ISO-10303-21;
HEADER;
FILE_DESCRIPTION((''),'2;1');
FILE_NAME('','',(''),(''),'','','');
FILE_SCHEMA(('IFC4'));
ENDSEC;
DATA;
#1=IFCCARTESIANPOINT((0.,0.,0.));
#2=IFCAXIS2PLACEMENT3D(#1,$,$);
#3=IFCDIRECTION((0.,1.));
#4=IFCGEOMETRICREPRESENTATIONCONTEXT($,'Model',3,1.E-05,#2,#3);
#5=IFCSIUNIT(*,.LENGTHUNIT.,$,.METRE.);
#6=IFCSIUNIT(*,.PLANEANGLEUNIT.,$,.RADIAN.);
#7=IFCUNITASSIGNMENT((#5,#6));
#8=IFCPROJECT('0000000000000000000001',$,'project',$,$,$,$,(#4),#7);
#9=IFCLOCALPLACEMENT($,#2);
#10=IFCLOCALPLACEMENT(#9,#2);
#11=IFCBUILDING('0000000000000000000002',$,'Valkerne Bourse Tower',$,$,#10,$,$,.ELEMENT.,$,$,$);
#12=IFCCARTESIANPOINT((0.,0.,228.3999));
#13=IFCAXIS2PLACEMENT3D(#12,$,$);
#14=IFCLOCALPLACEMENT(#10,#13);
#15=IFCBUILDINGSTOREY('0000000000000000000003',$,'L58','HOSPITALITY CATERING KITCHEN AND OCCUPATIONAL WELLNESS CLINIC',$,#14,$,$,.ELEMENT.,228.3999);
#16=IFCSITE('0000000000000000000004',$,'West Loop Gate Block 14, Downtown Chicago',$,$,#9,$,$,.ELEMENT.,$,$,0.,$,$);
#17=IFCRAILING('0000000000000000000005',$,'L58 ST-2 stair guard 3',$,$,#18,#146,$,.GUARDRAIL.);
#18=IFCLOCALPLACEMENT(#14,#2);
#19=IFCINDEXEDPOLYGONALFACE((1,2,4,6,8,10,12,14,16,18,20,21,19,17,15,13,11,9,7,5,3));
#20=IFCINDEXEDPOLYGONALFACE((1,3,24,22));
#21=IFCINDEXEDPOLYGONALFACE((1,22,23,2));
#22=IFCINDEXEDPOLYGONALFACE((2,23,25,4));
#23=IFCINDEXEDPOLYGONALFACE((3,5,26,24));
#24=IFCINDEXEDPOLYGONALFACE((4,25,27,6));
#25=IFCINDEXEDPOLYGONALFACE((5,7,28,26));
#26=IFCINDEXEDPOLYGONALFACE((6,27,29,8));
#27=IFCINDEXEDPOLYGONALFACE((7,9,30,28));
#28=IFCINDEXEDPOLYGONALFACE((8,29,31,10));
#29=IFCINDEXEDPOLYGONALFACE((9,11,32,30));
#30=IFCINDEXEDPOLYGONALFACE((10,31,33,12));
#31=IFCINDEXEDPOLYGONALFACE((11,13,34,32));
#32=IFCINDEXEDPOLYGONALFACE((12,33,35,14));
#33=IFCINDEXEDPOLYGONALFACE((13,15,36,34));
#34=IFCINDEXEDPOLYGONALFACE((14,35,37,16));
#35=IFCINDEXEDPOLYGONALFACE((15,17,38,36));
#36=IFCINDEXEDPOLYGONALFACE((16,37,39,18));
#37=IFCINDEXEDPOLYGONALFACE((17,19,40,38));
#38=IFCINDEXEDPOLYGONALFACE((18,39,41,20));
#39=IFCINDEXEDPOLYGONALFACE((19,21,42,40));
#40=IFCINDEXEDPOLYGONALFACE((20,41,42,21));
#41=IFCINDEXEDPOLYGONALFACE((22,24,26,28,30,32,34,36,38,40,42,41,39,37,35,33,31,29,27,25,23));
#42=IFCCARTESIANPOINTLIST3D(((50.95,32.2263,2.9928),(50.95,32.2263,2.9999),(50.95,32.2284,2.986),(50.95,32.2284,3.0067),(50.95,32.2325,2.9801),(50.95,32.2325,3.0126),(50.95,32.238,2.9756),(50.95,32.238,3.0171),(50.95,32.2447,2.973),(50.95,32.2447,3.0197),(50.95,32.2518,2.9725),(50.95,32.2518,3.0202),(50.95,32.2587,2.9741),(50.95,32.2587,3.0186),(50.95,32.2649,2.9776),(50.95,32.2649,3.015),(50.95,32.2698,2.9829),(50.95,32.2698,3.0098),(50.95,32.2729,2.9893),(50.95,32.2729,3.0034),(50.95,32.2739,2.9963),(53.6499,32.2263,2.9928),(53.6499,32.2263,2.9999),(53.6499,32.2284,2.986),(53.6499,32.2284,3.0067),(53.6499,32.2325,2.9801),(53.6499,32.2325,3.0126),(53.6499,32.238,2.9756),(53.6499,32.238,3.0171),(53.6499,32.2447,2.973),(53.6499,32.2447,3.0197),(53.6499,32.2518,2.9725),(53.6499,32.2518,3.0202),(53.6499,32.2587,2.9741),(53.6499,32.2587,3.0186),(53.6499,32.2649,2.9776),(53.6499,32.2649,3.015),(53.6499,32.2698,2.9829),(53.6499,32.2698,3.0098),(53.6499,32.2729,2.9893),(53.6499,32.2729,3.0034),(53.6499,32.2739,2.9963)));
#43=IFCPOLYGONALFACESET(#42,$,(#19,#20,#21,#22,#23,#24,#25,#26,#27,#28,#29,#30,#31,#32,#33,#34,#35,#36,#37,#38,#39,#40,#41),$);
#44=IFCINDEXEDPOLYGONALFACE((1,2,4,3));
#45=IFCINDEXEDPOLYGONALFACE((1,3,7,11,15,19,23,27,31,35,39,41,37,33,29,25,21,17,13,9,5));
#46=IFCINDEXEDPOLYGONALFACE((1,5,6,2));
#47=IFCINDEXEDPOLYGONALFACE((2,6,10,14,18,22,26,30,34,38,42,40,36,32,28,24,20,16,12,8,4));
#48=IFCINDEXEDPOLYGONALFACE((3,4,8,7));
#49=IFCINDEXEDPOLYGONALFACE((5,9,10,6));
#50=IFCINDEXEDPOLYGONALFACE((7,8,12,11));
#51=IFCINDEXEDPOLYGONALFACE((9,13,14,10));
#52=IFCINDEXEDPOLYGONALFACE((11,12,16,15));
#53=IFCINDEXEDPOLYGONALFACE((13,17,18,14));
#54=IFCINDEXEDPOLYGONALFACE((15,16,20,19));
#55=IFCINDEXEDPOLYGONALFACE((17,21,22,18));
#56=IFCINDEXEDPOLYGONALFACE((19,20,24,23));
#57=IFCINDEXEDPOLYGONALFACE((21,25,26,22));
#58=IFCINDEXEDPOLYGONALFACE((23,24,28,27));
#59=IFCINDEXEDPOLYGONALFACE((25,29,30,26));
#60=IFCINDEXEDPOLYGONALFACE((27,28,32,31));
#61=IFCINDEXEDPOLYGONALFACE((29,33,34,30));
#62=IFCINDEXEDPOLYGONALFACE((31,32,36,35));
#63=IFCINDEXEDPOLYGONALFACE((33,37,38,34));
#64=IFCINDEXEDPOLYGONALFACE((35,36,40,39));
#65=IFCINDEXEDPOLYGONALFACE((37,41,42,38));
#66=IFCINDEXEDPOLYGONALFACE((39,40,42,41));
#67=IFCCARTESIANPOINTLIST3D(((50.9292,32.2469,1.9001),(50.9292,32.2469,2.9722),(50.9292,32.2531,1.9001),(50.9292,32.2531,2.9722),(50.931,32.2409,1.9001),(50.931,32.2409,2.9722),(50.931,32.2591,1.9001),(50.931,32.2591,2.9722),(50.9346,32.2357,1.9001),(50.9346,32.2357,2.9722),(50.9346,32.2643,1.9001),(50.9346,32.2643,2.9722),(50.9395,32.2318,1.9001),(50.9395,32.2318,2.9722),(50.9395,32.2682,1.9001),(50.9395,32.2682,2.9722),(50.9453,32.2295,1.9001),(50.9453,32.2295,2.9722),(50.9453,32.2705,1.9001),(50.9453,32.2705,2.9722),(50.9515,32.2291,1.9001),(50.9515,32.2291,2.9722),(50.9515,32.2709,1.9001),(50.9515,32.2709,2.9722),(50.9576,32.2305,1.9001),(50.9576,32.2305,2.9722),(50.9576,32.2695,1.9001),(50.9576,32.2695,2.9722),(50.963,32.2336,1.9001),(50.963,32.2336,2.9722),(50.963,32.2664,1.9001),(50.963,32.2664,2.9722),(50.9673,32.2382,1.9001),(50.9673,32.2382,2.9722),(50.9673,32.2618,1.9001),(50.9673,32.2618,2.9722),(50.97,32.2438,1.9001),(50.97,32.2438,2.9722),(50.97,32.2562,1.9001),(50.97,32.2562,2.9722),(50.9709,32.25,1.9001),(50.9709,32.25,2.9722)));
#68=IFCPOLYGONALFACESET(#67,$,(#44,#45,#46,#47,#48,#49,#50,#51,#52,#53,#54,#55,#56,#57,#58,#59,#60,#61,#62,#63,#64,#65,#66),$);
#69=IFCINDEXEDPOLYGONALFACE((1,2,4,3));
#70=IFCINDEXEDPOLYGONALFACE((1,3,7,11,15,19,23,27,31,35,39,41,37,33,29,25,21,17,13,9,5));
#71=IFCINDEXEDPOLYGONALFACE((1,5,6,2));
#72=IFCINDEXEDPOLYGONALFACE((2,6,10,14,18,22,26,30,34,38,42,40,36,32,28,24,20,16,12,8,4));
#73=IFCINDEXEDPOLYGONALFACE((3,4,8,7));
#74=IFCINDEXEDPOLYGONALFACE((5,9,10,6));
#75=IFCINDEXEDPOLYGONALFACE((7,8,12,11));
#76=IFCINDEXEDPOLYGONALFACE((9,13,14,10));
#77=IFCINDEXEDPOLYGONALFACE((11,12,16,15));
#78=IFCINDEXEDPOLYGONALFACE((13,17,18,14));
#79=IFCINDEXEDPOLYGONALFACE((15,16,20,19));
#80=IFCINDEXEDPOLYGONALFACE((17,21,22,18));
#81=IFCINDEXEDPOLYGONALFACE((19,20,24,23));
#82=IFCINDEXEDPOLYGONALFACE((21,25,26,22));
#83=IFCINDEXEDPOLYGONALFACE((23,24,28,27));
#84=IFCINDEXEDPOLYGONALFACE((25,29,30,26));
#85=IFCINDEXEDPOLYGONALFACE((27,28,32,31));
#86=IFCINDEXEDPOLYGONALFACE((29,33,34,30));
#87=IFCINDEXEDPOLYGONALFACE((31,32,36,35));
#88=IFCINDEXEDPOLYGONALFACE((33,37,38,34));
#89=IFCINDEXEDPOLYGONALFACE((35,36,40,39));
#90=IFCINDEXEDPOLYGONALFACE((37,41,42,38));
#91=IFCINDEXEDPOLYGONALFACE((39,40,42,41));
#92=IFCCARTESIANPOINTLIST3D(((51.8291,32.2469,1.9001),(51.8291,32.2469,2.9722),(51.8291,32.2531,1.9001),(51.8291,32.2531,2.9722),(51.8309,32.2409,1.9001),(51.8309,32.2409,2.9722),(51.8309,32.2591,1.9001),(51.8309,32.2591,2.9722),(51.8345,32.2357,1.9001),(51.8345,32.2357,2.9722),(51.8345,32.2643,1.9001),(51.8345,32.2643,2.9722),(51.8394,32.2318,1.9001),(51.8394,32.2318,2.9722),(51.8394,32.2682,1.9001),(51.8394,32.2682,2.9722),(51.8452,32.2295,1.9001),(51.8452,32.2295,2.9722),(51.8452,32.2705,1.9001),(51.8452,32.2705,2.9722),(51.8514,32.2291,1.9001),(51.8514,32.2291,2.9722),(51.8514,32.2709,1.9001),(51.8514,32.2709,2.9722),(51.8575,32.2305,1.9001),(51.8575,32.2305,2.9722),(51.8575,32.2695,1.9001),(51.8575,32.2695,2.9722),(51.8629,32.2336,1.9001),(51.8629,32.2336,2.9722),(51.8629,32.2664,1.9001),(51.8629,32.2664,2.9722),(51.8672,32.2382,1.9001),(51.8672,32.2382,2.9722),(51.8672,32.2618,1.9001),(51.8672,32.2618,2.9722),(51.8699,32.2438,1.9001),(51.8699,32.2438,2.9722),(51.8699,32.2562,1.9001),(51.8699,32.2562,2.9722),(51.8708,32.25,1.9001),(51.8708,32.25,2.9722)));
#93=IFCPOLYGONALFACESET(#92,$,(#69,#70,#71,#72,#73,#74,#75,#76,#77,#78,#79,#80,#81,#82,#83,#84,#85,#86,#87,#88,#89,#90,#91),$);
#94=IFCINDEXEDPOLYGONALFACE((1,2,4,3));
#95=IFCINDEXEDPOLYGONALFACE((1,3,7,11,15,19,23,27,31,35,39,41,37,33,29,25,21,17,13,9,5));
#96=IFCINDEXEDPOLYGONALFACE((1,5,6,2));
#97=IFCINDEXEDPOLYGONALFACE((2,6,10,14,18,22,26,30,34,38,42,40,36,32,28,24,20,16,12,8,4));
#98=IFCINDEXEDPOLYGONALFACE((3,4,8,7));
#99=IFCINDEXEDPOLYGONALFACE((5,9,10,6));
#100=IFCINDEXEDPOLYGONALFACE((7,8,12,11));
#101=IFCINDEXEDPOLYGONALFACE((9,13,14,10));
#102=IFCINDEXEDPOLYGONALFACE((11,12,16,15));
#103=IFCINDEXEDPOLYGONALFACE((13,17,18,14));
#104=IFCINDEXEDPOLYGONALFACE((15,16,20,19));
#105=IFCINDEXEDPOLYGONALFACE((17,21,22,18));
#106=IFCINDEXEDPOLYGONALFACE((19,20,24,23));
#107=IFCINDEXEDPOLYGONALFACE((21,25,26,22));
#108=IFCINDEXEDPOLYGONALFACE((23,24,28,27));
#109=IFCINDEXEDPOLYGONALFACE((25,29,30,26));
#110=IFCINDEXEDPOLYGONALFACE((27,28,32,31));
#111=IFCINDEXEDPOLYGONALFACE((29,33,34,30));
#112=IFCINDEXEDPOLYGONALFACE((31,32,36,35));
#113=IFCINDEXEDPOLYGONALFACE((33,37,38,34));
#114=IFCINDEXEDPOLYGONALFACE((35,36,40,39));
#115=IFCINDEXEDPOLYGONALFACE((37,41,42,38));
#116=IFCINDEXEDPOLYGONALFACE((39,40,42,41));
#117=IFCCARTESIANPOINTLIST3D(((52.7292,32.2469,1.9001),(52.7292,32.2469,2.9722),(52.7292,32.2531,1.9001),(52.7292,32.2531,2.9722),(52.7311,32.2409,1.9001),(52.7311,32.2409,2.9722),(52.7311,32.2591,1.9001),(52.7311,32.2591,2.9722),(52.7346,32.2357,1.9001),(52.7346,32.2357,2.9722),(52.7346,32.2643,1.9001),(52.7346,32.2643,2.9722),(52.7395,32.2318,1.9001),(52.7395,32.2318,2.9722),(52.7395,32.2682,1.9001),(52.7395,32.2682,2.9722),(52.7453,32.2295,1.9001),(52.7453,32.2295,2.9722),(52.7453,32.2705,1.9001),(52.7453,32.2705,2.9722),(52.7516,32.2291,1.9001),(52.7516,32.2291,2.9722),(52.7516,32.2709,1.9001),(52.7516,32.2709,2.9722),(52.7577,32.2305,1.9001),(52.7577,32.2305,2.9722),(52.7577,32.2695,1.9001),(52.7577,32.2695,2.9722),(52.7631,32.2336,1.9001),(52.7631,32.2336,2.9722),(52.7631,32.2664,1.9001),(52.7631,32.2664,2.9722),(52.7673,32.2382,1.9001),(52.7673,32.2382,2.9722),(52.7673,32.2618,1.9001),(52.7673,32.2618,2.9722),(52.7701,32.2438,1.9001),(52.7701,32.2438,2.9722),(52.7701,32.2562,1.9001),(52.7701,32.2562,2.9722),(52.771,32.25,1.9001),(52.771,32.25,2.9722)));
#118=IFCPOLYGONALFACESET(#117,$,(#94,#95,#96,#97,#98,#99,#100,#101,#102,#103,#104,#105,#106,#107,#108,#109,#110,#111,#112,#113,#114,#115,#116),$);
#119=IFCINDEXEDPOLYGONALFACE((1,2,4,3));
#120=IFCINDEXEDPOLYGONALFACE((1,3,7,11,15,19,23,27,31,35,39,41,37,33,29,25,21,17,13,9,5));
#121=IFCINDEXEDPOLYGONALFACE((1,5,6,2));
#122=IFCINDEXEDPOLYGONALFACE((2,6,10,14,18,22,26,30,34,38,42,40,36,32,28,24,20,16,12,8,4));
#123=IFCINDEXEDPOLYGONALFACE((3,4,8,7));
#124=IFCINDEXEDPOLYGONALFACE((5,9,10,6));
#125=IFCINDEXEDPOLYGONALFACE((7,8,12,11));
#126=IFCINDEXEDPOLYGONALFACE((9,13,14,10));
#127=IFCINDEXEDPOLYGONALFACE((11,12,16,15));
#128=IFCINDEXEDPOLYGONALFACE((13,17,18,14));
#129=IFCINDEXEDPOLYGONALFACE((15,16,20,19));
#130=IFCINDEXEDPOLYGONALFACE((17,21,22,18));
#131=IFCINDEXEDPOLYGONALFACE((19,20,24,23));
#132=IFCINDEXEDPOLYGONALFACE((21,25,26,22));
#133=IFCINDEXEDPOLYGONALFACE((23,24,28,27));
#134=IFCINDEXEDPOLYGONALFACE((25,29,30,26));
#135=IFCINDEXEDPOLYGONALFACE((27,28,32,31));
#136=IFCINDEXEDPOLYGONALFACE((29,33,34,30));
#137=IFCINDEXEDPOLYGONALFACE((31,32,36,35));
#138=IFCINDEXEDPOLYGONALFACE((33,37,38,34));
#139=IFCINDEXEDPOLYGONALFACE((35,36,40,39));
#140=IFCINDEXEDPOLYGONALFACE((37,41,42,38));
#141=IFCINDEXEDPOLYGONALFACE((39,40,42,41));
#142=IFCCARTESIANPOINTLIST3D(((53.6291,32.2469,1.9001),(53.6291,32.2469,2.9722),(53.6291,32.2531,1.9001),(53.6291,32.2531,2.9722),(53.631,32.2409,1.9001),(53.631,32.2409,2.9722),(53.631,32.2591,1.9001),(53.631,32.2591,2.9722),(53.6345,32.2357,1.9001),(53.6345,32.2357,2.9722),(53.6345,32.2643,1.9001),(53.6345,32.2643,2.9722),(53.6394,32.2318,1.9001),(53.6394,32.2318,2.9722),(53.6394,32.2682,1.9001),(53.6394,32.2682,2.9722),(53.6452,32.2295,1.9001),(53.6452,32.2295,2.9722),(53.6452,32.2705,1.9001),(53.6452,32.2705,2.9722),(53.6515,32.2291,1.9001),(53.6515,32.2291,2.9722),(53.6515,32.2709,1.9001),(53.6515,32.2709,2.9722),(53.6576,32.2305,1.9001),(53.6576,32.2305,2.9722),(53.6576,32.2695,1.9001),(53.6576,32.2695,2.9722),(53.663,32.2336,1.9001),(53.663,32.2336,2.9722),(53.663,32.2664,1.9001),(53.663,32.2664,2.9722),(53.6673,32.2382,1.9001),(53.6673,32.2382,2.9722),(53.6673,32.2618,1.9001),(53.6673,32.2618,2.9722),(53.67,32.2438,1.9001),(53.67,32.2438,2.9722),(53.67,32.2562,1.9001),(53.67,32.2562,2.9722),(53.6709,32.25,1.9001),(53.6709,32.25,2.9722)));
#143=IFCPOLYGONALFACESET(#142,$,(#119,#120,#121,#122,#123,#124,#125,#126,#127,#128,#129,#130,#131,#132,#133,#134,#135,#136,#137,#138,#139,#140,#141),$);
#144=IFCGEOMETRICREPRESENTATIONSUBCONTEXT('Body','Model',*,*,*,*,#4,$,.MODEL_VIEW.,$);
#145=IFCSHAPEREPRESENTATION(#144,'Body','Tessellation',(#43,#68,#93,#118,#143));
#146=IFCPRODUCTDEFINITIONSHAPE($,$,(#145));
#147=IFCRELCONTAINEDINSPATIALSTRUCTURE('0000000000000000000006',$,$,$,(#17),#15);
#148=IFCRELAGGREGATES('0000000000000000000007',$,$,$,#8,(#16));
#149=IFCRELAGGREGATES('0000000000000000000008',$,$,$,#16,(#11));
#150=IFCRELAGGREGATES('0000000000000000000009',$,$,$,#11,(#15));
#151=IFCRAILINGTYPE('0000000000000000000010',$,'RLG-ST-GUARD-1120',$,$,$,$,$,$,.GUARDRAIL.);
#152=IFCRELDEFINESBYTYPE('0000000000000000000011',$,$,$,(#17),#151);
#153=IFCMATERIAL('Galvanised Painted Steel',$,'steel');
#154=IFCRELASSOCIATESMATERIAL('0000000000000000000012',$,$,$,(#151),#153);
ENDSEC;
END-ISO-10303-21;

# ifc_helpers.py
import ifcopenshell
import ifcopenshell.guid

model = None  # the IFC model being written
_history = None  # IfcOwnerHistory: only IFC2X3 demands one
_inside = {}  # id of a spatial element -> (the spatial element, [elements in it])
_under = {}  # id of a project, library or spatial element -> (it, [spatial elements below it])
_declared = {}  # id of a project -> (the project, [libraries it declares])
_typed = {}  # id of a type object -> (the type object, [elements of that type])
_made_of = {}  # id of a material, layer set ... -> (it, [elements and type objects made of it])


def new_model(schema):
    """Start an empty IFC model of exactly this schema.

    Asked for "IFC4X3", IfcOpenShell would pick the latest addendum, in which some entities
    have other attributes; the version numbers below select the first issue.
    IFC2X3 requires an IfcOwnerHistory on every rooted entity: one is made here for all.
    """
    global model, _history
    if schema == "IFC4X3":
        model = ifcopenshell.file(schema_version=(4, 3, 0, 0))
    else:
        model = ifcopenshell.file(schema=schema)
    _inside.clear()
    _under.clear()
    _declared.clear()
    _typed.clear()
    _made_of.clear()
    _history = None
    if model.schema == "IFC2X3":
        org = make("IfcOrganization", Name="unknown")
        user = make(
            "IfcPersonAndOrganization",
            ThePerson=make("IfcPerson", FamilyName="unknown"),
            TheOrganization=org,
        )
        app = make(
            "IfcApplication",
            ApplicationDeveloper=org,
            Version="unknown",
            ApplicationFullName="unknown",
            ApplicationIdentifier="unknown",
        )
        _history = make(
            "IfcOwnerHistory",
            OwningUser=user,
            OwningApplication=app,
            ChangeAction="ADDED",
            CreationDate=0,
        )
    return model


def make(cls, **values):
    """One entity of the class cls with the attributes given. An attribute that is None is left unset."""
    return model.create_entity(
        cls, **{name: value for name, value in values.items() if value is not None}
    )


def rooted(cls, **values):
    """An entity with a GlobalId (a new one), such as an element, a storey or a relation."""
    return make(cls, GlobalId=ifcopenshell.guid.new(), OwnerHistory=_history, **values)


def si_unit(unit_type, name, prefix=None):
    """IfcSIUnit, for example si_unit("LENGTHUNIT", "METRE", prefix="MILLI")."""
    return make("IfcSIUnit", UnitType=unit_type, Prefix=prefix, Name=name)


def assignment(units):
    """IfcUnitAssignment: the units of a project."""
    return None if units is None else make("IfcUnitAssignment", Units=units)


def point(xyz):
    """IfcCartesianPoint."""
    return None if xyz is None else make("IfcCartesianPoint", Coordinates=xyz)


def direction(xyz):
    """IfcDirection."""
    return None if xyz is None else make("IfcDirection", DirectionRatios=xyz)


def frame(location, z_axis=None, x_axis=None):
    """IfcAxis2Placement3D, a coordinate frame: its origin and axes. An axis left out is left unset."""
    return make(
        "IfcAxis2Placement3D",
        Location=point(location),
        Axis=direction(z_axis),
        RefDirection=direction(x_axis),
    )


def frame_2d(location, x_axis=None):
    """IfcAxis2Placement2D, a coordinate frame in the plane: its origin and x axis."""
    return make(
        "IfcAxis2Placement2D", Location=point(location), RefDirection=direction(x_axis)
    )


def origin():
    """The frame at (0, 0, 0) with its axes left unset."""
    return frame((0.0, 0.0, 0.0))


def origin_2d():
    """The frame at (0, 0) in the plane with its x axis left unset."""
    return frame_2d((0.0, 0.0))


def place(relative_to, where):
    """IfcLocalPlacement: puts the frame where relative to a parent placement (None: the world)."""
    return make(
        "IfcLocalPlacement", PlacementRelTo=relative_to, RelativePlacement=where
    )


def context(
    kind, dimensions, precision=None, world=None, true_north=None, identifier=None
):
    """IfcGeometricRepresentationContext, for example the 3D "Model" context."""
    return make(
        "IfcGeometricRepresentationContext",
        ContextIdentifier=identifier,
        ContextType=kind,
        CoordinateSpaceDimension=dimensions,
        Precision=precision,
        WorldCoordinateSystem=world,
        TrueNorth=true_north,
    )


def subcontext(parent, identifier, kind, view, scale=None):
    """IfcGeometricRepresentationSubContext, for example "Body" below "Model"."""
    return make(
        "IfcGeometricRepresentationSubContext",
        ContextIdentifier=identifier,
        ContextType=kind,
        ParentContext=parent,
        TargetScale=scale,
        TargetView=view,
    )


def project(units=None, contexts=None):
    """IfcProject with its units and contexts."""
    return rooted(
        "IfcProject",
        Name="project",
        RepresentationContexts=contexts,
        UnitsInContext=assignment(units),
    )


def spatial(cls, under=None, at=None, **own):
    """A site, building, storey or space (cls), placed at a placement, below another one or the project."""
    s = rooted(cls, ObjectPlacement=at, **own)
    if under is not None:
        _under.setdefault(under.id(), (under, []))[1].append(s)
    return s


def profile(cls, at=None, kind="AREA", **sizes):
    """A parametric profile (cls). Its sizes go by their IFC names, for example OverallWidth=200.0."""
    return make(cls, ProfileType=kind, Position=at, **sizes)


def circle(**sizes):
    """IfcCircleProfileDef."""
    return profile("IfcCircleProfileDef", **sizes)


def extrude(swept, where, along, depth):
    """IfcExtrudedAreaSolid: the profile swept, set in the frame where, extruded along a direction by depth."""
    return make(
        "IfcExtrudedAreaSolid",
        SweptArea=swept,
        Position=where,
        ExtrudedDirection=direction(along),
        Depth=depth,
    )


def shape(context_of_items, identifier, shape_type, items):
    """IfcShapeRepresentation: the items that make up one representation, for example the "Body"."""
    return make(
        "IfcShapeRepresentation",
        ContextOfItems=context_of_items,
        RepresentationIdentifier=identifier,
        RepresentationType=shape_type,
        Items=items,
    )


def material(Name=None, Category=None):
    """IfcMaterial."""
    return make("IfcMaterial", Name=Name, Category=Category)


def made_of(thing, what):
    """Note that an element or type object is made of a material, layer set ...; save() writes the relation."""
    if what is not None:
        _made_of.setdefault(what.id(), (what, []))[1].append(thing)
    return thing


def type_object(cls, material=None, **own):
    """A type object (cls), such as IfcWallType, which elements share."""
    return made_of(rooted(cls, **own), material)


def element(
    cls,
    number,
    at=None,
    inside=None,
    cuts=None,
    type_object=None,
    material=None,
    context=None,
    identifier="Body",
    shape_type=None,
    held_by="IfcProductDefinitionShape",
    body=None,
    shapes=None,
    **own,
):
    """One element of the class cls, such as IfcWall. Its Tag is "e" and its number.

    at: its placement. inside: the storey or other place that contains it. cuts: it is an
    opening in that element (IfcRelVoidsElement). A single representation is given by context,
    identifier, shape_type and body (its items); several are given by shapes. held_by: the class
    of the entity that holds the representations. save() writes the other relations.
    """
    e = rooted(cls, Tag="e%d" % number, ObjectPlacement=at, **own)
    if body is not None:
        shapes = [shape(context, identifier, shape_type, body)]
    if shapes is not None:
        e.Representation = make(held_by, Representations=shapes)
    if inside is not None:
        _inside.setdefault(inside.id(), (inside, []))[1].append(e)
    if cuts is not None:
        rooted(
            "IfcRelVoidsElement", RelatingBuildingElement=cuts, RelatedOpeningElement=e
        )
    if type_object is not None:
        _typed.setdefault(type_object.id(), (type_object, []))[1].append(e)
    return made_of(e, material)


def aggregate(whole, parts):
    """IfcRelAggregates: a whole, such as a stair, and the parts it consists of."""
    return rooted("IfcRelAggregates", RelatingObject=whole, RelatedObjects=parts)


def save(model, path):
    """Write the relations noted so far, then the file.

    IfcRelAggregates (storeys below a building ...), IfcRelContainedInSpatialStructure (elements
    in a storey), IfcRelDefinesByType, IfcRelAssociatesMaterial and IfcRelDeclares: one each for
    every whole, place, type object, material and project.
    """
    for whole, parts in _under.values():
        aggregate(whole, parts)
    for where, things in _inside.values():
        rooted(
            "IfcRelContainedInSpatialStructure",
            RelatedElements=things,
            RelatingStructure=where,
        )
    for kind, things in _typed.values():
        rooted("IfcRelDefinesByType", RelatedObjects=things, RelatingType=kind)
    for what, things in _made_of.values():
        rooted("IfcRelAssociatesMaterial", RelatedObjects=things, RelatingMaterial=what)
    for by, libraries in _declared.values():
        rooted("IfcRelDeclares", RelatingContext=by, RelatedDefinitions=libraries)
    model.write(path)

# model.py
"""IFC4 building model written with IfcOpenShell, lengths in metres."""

from ifc_helpers import new_model, si_unit, direction, frame, origin, origin_2d, place, context, subcontext, project, spatial, circle, extrude, material, type_object, element, save


model = new_model("IFC4")

# Units and contexts
model_context = context("Model", 3, precision=1e-05, world=origin(), true_north=direction((0.0, 1.0)))
body_context = subcontext(model_context, "Body", "Model", "MODEL_VIEW")
ifc_project = project(units=[si_unit("LENGTHUNIT", "METRE"), si_unit("PLANEANGLEUNIT", "RADIAN")], contexts=[model_context])

# Site, building, storey
site_placement = place(None, origin())
site = spatial("IfcSite", under=ifc_project, at=site_placement, Name="West Loop Gate Block 14, Downtown Chicago", CompositionType="ELEMENT", RefElevation=0.0)
building_placement = place(site_placement, origin())
building = spatial("IfcBuilding", under=site, at=building_placement, Name="Valkerne Bourse Tower", CompositionType="ELEMENT")
storey_placement = place(building_placement, frame((0.0, 0.0, 228.3999)))
storey = spatial("IfcBuildingStorey", under=building, at=storey_placement, Name="L58", Description="HOSPITALITY CATERING KITCHEN AND OCCUPATIONAL WELLNESS CLINIC", CompositionType="ELEMENT", Elevation=228.3999)

# Shared definitions
ifc_material_1 = material(Name="Galvanised Painted Steel", Category="steel")

# Railing
railing_type_1 = type_object("IfcRailingType", Name="RLG-ST-GUARD-1120", PredefinedType="GUARDRAIL", material=ifc_material_1)
for number, where, name in (
    (1, (50.95, 32.25, 1.9001), "L58 ST-2 stair guard 3"),
):
    element("IfcRailing", number, at=place(storey_placement, frame(where)), inside=storey, type_object=railing_type_1, Name=name, PredefinedType="GUARDRAIL", context=body_context, shape_type="SweptSolid", body=[
        extrude(circle(Radius=0.0239, at=origin_2d()), frame((0.0, 0.0, 1.0962), z_axis=(1.0, 0.0, 0.0), x_axis=(0.0, 1.0, 0.0)), (0.0, 0.0, 1.0), 2.7),
        extrude(circle(Radius=0.021, at=origin_2d()), origin(), (0.0, 0.0, 1.0), 1.072),
        extrude(circle(Radius=0.021, at=origin_2d()), frame((0.8999, 0.0, 0.0)), (0.0, 0.0, 1.0), 1.072),
        extrude(circle(Radius=0.021, at=origin_2d()), frame((1.8, 0.0, 0.0)), (0.0, 0.0, 1.0), 1.072),
        extrude(circle(Radius=0.021, at=origin_2d()), frame((2.7, 0.0, 0.0)), (0.0, 0.0, 1.0), 1.072),
    ])

save(model, "model.ifc")
